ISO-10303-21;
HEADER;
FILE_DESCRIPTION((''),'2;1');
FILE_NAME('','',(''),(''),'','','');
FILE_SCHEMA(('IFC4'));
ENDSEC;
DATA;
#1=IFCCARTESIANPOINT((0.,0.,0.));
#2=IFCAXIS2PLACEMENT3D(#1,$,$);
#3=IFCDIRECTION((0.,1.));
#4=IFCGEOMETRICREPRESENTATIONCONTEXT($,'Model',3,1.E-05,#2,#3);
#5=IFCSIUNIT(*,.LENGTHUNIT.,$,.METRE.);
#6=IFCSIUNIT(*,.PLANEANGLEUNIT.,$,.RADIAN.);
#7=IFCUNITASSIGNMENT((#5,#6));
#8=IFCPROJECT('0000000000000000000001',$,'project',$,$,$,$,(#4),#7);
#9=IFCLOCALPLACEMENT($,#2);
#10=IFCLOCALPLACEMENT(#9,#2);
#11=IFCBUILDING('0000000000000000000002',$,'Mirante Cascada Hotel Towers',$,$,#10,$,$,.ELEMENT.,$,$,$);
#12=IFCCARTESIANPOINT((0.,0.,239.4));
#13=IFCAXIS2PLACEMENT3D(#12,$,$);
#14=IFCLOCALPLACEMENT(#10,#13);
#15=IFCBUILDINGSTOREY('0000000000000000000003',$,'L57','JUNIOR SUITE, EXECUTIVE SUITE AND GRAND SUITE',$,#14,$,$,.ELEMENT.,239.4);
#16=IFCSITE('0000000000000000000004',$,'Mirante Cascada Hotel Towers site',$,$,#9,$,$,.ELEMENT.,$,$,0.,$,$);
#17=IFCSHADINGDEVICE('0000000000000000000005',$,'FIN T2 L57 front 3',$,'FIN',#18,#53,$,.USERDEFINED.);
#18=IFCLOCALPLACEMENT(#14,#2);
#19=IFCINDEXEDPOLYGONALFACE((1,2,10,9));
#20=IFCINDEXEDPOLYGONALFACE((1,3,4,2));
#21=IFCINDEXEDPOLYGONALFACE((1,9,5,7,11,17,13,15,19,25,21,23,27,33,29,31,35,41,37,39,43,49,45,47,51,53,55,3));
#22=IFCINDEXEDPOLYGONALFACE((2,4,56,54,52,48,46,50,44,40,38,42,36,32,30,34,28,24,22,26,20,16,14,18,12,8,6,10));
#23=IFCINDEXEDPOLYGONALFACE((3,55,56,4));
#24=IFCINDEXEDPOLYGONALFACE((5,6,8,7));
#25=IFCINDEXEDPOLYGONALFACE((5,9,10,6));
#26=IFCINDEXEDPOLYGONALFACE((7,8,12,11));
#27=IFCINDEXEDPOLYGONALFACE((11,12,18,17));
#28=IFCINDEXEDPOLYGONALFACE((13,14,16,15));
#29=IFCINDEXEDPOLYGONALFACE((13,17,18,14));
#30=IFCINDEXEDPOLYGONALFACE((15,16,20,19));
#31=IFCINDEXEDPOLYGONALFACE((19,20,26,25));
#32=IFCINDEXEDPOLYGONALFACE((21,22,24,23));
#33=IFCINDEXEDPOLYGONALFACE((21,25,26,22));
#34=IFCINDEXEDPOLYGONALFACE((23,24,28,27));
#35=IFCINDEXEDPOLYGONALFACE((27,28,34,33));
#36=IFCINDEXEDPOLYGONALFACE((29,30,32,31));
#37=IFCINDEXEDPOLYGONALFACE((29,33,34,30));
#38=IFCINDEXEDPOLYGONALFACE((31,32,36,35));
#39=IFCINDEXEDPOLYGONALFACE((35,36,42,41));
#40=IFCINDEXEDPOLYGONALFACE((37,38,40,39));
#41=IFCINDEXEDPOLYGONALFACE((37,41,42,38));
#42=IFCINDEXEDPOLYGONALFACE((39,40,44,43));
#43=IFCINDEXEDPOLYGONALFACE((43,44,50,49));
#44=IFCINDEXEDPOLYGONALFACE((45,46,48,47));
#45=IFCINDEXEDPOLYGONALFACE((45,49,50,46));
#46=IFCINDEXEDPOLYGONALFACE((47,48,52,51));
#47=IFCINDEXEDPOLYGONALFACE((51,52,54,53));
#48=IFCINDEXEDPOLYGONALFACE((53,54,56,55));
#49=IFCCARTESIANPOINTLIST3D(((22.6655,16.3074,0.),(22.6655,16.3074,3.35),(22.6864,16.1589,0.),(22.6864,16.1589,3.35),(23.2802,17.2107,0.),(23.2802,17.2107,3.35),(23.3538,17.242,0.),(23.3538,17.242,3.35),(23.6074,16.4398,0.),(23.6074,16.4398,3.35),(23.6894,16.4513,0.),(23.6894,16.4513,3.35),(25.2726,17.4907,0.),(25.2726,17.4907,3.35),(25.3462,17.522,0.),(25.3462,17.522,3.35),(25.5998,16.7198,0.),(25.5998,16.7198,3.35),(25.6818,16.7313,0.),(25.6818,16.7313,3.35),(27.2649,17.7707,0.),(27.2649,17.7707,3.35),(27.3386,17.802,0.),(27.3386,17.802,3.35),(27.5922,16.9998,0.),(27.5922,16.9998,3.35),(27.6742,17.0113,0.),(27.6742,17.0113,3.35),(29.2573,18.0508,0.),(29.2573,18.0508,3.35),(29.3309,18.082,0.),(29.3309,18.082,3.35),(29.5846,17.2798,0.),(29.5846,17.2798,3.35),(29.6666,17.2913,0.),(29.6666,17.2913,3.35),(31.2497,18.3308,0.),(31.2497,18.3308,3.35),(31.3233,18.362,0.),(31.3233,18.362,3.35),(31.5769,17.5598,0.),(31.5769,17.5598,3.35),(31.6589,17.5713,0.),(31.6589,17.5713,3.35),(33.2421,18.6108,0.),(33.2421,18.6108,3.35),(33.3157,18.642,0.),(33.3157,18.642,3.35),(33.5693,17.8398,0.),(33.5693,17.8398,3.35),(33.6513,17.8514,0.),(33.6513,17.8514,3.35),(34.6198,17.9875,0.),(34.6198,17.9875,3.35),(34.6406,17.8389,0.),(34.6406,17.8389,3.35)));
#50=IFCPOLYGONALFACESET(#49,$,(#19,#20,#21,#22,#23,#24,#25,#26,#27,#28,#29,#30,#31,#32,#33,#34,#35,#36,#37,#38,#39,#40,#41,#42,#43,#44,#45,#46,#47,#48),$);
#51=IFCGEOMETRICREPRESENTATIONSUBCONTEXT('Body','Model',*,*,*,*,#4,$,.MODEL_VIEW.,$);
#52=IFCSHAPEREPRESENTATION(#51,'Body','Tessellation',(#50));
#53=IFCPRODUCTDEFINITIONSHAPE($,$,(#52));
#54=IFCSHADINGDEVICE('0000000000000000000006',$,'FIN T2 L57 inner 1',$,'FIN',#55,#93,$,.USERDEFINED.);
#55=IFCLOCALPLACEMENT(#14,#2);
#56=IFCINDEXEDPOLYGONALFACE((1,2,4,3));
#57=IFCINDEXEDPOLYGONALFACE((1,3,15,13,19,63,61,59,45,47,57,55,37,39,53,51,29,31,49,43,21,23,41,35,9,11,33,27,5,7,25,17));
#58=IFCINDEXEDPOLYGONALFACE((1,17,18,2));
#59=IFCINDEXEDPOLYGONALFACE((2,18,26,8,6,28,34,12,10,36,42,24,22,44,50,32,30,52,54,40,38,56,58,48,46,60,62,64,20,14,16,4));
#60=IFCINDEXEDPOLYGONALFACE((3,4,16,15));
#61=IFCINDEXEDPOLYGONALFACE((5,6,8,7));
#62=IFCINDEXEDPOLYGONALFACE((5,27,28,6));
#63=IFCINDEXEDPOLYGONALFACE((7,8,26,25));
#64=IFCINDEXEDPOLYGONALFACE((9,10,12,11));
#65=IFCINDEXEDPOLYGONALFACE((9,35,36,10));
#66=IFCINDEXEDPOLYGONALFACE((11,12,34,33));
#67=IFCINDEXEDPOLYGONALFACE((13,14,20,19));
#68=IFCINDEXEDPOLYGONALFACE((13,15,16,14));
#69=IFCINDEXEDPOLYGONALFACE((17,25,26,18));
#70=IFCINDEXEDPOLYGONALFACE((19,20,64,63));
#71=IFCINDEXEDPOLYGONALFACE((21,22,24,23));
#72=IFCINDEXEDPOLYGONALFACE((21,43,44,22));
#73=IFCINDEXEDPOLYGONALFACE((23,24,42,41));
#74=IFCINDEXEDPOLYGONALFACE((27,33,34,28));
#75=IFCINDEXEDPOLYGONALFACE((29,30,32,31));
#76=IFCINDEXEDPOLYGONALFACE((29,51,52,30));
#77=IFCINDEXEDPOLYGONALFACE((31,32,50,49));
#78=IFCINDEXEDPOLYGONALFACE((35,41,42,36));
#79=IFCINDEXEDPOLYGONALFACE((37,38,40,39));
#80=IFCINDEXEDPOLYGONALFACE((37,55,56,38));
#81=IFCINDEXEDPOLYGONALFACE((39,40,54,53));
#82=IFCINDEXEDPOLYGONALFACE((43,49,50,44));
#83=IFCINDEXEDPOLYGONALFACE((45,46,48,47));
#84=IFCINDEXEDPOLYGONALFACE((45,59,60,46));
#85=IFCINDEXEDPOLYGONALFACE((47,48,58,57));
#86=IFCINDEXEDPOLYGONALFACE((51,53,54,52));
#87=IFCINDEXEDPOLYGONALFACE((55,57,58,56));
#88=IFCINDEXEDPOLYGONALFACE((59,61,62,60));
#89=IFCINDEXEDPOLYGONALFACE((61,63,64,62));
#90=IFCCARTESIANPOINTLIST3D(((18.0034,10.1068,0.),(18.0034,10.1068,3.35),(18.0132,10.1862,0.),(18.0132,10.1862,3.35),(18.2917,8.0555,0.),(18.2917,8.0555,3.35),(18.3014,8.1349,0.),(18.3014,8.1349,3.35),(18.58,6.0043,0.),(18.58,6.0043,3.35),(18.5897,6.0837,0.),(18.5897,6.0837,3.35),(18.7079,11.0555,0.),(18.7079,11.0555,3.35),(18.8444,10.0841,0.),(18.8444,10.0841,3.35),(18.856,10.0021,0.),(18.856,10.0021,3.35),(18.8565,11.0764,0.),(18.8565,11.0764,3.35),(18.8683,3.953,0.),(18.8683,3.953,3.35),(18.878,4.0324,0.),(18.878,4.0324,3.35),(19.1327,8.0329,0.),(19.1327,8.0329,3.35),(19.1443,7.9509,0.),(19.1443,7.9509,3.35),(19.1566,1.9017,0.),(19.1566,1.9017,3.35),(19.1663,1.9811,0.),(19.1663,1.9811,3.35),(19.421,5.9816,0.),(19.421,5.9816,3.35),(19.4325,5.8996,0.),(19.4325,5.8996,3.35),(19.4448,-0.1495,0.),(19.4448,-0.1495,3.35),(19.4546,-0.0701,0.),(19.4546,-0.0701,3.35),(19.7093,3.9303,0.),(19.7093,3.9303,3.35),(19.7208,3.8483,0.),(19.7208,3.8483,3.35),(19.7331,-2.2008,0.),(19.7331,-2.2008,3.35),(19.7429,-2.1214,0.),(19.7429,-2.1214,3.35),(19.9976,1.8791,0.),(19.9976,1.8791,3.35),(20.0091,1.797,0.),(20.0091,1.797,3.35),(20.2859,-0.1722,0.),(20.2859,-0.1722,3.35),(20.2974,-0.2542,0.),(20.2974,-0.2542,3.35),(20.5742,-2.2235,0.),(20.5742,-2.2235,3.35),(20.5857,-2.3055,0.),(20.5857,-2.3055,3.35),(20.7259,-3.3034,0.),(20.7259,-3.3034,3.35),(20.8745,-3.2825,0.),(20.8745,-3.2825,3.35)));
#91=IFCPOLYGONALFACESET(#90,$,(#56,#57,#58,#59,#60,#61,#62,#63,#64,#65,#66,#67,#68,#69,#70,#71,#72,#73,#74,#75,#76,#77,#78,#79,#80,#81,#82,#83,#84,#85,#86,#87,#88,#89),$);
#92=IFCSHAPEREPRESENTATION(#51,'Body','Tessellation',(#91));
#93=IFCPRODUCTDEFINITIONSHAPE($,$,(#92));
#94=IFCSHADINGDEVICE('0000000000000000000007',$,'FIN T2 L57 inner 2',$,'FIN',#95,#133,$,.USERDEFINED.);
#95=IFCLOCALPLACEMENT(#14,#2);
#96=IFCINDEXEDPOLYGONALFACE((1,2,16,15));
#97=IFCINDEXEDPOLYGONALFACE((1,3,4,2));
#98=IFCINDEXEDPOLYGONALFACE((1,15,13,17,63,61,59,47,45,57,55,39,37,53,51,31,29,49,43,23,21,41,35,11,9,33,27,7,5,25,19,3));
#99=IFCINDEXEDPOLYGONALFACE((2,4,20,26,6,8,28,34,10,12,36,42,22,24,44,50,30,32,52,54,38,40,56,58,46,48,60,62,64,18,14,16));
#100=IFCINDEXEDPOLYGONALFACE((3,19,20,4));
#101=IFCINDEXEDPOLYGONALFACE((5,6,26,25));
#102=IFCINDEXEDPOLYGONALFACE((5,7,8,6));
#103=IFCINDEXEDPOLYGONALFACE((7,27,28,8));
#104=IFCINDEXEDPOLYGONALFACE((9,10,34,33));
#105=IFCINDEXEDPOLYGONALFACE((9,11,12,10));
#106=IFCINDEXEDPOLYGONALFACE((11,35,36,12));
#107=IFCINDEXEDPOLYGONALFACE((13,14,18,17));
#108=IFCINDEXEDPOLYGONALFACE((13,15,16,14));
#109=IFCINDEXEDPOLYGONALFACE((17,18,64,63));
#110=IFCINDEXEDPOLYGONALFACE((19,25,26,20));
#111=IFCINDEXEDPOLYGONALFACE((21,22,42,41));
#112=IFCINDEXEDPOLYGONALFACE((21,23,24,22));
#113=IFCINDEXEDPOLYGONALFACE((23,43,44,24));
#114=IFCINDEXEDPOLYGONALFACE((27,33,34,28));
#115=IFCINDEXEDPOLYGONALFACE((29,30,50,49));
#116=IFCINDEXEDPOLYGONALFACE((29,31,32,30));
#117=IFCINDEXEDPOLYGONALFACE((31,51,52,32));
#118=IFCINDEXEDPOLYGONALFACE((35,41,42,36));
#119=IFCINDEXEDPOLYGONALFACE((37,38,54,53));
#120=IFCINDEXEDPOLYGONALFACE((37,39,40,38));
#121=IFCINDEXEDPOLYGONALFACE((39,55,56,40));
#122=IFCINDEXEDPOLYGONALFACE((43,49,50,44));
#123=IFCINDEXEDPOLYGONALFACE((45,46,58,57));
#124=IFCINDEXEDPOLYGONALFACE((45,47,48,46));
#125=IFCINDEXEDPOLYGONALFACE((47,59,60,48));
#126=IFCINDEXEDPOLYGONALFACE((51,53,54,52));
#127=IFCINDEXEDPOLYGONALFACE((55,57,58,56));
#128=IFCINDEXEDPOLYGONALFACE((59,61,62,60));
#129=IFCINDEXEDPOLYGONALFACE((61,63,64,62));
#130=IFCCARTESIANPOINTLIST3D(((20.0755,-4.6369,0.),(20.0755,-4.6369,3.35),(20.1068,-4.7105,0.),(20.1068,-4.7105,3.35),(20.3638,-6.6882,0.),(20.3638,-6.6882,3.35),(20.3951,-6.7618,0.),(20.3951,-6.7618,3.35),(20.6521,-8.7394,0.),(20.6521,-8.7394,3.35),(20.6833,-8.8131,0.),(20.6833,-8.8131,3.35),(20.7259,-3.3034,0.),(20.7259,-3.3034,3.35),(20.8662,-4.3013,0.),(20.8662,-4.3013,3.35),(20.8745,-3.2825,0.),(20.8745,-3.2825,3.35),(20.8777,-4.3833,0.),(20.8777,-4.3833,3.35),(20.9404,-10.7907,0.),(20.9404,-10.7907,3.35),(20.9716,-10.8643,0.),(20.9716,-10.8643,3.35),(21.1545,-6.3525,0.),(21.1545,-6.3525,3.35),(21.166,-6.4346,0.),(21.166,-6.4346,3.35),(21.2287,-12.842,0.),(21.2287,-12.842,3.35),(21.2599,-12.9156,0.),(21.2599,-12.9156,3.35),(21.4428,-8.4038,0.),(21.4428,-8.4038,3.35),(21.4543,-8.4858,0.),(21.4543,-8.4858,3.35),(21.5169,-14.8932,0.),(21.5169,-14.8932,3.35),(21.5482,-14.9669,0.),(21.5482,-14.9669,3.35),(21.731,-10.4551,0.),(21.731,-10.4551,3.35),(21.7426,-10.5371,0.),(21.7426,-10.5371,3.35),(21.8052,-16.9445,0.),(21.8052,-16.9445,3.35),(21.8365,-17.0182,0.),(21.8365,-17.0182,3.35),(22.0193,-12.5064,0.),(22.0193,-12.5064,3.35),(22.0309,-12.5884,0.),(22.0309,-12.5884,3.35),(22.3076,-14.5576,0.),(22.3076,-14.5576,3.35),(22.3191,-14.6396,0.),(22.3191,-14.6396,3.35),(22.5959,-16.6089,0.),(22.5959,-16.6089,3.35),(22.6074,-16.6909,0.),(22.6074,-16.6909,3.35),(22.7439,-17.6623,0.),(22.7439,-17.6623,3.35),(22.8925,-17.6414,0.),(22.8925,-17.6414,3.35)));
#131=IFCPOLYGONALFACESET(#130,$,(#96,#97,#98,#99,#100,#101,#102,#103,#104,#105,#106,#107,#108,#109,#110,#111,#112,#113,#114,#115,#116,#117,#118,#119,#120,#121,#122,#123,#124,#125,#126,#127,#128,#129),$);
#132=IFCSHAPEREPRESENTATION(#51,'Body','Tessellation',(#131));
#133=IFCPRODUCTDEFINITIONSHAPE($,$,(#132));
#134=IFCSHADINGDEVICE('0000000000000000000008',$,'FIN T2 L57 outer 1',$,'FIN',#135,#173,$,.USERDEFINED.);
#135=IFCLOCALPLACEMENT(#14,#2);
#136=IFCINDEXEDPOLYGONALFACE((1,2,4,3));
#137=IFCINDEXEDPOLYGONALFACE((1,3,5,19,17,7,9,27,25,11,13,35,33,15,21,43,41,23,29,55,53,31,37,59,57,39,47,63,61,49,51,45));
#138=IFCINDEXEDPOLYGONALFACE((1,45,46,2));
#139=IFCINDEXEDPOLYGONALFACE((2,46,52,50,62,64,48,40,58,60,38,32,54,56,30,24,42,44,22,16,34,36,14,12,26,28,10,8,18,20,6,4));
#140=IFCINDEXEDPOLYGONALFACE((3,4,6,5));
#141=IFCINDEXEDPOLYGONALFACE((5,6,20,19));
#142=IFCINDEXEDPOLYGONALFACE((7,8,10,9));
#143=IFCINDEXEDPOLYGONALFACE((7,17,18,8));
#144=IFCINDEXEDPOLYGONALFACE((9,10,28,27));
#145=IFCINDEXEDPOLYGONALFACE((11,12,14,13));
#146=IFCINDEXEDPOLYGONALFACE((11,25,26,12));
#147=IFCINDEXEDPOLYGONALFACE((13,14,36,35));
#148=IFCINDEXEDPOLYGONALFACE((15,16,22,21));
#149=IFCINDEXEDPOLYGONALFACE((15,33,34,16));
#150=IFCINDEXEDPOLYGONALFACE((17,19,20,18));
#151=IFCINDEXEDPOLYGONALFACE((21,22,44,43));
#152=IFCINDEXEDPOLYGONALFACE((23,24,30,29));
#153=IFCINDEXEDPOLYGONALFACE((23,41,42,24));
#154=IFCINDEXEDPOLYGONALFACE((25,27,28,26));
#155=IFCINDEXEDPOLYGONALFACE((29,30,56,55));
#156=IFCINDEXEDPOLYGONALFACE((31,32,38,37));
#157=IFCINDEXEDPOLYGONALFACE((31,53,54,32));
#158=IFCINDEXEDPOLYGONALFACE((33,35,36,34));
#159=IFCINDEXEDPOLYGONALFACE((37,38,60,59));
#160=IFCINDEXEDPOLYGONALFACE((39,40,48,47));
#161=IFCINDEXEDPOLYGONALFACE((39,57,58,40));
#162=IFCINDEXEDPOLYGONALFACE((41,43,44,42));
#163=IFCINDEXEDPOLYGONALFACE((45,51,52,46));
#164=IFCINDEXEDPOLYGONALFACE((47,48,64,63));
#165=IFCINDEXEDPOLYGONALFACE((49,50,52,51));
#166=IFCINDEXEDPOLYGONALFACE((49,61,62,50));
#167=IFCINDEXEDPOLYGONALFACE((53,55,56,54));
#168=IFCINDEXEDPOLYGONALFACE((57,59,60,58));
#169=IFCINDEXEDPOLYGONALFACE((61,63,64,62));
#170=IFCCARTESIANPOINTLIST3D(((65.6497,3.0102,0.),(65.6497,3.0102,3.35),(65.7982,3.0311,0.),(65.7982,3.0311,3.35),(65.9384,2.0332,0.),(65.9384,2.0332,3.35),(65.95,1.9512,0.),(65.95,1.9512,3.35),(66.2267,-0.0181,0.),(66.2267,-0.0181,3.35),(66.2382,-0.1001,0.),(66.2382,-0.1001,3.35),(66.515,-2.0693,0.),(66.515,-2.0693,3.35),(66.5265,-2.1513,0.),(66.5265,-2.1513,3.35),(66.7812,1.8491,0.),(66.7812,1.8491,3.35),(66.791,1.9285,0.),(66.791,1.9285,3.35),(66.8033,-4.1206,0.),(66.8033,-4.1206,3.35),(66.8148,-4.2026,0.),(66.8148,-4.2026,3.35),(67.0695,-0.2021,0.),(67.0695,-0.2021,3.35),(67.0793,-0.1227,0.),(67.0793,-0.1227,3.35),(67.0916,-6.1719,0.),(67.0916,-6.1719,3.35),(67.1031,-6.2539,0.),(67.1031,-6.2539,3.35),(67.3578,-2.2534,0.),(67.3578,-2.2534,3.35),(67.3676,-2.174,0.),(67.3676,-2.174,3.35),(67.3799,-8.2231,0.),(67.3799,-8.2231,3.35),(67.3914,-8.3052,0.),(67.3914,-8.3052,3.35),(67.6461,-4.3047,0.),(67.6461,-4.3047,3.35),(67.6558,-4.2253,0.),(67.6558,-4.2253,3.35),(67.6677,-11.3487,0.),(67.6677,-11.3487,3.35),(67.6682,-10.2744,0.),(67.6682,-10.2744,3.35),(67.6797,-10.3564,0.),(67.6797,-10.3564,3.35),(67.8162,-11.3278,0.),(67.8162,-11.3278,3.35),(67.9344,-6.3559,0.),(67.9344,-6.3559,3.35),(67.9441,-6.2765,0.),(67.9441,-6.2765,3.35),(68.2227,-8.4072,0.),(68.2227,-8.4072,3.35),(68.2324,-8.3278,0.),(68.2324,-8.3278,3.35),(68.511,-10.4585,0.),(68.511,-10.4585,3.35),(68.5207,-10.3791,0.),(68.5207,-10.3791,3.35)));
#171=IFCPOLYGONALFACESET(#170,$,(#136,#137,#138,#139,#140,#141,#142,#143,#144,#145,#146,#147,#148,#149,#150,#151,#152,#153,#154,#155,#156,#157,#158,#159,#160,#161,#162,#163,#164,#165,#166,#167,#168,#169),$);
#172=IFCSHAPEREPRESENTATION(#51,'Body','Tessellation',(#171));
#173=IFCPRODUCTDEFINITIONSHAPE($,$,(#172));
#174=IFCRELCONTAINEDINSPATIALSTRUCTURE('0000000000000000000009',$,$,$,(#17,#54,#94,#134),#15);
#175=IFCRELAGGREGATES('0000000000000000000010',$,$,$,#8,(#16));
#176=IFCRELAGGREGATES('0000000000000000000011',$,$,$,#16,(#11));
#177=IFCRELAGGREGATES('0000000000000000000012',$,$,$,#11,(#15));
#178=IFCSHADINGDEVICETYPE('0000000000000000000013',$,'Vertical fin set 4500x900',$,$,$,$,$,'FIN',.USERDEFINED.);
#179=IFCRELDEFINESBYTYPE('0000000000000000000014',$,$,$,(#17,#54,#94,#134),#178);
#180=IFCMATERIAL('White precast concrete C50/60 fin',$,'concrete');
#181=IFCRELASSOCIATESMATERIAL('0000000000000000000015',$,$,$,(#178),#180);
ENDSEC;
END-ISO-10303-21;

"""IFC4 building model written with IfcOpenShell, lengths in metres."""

from ifc_helpers import new_model, si_unit, direction, frame, origin, place, context, subcontext, project, spatial, polyline, outline, extrude, material, type_object, element, save


model = new_model("IFC4")

# Units and contexts
model_context = context("Model", 3, precision=1e-05, world=origin(), true_north=direction((0.0, 1.0)))
body_context = subcontext(model_context, "Body", "Model", "MODEL_VIEW")
ifc_project = project(units=[si_unit("LENGTHUNIT", "METRE"), si_unit("PLANEANGLEUNIT", "RADIAN")], contexts=[model_context])

# Site, building, storey
site_placement = place(None, origin())
site = spatial("IfcSite", under=ifc_project, at=site_placement, Name="Mirante Cascada Hotel Towers site", CompositionType="ELEMENT", RefElevation=0.0)
building_placement = place(site_placement, origin())
building = spatial("IfcBuilding", under=site, at=building_placement, Name="Mirante Cascada Hotel Towers", CompositionType="ELEMENT")
storey_placement = place(building_placement, frame((0.0, 0.0, 239.4)))
storey = spatial("IfcBuildingStorey", under=building, at=storey_placement, Name="L57", Description="JUNIOR SUITE, EXECUTIVE SUITE AND GRAND SUITE", CompositionType="ELEMENT", Elevation=239.4)

# Shading devices
ifc_material_1 = material(Name="White precast concrete C50/60 fin", Category="concrete")
shading_device_type = type_object("IfcShadingDeviceType", Name="Vertical fin set 4500x900", ElementType="FIN", PredefinedType="USERDEFINED", material=ifc_material_1)
shading_device_1_placement = place(storey_placement, origin())
element("IfcShadingDevice", 1, at=shading_device_1_placement, inside=storey, type_object=shading_device_type, Name="FIN T2 L57 front 3", ObjectType="FIN", PredefinedType="USERDEFINED", context=body_context, shape_type="SweptSolid", body=[
    extrude(outline(polyline([(23.3538, 17.242), (23.6894, 16.4513), (25.5998, 16.7198), (25.2726, 17.4907), (25.3462, 17.522), (25.6818, 16.7313), (27.5922, 16.9998), (27.2649, 17.7707), (27.3386, 17.802), (27.6742, 17.0113), (29.5846, 17.2798), (29.2573, 18.0508), (29.3309, 18.082), (29.6666, 17.2913), (31.5769, 17.5598), (31.2497, 18.3308), (31.3233, 18.362), (31.6589, 17.5713), (33.5693, 17.8398), (33.2421, 18.6108), (33.3157, 18.642), (33.6513, 17.8514), (34.6198, 17.9875), (34.6406, 17.8389), (22.6864, 16.1589), (22.6655, 16.3074), (23.6074, 16.4398), (23.2802, 17.2107), (23.3538, 17.242)])), origin(), (0.0, 0.0, 1.0), 3.35),
])
shading_device_2_placement = place(storey_placement, origin())
element("IfcShadingDevice", 2, at=shading_device_2_placement, inside=storey, type_object=shading_device_type, Name="FIN T2 L57 inner 1", ObjectType="FIN", PredefinedType="USERDEFINED", context=body_context, shape_type="SweptSolid", body=[
    extrude(outline(polyline([(19.7429, -2.1214), (20.5742, -2.2235), (20.2974, -0.2542), (19.4448, -0.1495), (19.4546, -0.0701), (20.2859, -0.1722), (20.0091, 1.797), (19.1566, 1.9017), (19.1663, 1.9811), (19.9976, 1.8791), (19.7208, 3.8483), (18.8683, 3.953), (18.878, 4.0324), (19.7093, 3.9303), (19.4325, 5.8996), (18.58, 6.0043), (18.5897, 6.0837), (19.421, 5.9816), (19.1443, 7.9509), (18.2917, 8.0555), (18.3014, 8.1349), (19.1327, 8.0329), (18.856, 10.0021), (18.0034, 10.1068), (18.0132, 10.1862), (18.8444, 10.0841), (18.7079, 11.0555), (18.8565, 11.0764), (20.8745, -3.2825), (20.7259, -3.3034), (20.5857, -2.3055), (19.7331, -2.2008), (19.7429, -2.1214)])), origin(), (0.0, 0.0, 1.0), 3.35),
])
shading_device_3_placement = place(storey_placement, origin())
element("IfcShadingDevice", 3, at=shading_device_3_placement, inside=storey, type_object=shading_device_type, Name="FIN T2 L57 inner 2", ObjectType="FIN", PredefinedType="USERDEFINED", context=body_context, shape_type="SweptSolid", body=[
    extrude(outline(polyline([(21.8052, -16.9445), (22.5959, -16.6089), (22.3191, -14.6396), (21.5482, -14.9669), (21.5169, -14.8932), (22.3076, -14.5576), (22.0309, -12.5884), (21.2599, -12.9156), (21.2287, -12.842), (22.0193, -12.5064), (21.7426, -10.5371), (20.9716, -10.8643), (20.9404, -10.7907), (21.731, -10.4551), (21.4543, -8.4858), (20.6833, -8.8131), (20.6521, -8.7394), (21.4428, -8.4038), (21.166, -6.4346), (20.3951, -6.7618), (20.3638, -6.6882), (21.1545, -6.3525), (20.8777, -4.3833), (20.1068, -4.7105), (20.0755, -4.6369), (20.8662, -4.3013), (20.7259, -3.3034), (20.8745, -3.2825), (22.8925, -17.6414), (22.7439, -17.6623), (22.6074, -16.6909), (21.8365, -17.0182), (21.8052, -16.9445)])), origin(), (0.0, 0.0, 1.0), 3.35),
])
shading_device_4_placement = place(storey_placement, origin())
element("IfcShadingDevice", 4, at=shading_device_4_placement, inside=storey, type_object=shading_device_type, Name="FIN T2 L57 outer 1", ObjectType="FIN", PredefinedType="USERDEFINED", context=body_context, shape_type="SweptSolid", body=[
    extrude(outline(polyline([(68.511, -10.4585), (67.6797, -10.3564), (67.8162, -11.3278), (67.6677, -11.3487), (65.6497, 3.0102), (65.7982, 3.0311), (65.9384, 2.0332), (66.791, 1.9285), (66.7812, 1.8491), (65.95, 1.9512), (66.2267, -0.0181), (67.0793, -0.1227), (67.0695, -0.2021), (66.2382, -0.1001), (66.515, -2.0693), (67.3676, -2.174), (67.3578, -2.2534), (66.5265, -2.1513), (66.8033, -4.1206), (67.6558, -4.2253), (67.6461, -4.3047), (66.8148, -4.2026), (67.0916, -6.1719), (67.9441, -6.2765), (67.9344, -6.3559), (67.1031, -6.2539), (67.3799, -8.2231), (68.2324, -8.3278), (68.2227, -8.4072), (67.3914, -8.3052), (67.6682, -10.2744), (68.5207, -10.3791), (68.511, -10.4585)])), origin(), (0.0, 0.0, 1.0), 3.35),
])

save(model, "model.ifc")
